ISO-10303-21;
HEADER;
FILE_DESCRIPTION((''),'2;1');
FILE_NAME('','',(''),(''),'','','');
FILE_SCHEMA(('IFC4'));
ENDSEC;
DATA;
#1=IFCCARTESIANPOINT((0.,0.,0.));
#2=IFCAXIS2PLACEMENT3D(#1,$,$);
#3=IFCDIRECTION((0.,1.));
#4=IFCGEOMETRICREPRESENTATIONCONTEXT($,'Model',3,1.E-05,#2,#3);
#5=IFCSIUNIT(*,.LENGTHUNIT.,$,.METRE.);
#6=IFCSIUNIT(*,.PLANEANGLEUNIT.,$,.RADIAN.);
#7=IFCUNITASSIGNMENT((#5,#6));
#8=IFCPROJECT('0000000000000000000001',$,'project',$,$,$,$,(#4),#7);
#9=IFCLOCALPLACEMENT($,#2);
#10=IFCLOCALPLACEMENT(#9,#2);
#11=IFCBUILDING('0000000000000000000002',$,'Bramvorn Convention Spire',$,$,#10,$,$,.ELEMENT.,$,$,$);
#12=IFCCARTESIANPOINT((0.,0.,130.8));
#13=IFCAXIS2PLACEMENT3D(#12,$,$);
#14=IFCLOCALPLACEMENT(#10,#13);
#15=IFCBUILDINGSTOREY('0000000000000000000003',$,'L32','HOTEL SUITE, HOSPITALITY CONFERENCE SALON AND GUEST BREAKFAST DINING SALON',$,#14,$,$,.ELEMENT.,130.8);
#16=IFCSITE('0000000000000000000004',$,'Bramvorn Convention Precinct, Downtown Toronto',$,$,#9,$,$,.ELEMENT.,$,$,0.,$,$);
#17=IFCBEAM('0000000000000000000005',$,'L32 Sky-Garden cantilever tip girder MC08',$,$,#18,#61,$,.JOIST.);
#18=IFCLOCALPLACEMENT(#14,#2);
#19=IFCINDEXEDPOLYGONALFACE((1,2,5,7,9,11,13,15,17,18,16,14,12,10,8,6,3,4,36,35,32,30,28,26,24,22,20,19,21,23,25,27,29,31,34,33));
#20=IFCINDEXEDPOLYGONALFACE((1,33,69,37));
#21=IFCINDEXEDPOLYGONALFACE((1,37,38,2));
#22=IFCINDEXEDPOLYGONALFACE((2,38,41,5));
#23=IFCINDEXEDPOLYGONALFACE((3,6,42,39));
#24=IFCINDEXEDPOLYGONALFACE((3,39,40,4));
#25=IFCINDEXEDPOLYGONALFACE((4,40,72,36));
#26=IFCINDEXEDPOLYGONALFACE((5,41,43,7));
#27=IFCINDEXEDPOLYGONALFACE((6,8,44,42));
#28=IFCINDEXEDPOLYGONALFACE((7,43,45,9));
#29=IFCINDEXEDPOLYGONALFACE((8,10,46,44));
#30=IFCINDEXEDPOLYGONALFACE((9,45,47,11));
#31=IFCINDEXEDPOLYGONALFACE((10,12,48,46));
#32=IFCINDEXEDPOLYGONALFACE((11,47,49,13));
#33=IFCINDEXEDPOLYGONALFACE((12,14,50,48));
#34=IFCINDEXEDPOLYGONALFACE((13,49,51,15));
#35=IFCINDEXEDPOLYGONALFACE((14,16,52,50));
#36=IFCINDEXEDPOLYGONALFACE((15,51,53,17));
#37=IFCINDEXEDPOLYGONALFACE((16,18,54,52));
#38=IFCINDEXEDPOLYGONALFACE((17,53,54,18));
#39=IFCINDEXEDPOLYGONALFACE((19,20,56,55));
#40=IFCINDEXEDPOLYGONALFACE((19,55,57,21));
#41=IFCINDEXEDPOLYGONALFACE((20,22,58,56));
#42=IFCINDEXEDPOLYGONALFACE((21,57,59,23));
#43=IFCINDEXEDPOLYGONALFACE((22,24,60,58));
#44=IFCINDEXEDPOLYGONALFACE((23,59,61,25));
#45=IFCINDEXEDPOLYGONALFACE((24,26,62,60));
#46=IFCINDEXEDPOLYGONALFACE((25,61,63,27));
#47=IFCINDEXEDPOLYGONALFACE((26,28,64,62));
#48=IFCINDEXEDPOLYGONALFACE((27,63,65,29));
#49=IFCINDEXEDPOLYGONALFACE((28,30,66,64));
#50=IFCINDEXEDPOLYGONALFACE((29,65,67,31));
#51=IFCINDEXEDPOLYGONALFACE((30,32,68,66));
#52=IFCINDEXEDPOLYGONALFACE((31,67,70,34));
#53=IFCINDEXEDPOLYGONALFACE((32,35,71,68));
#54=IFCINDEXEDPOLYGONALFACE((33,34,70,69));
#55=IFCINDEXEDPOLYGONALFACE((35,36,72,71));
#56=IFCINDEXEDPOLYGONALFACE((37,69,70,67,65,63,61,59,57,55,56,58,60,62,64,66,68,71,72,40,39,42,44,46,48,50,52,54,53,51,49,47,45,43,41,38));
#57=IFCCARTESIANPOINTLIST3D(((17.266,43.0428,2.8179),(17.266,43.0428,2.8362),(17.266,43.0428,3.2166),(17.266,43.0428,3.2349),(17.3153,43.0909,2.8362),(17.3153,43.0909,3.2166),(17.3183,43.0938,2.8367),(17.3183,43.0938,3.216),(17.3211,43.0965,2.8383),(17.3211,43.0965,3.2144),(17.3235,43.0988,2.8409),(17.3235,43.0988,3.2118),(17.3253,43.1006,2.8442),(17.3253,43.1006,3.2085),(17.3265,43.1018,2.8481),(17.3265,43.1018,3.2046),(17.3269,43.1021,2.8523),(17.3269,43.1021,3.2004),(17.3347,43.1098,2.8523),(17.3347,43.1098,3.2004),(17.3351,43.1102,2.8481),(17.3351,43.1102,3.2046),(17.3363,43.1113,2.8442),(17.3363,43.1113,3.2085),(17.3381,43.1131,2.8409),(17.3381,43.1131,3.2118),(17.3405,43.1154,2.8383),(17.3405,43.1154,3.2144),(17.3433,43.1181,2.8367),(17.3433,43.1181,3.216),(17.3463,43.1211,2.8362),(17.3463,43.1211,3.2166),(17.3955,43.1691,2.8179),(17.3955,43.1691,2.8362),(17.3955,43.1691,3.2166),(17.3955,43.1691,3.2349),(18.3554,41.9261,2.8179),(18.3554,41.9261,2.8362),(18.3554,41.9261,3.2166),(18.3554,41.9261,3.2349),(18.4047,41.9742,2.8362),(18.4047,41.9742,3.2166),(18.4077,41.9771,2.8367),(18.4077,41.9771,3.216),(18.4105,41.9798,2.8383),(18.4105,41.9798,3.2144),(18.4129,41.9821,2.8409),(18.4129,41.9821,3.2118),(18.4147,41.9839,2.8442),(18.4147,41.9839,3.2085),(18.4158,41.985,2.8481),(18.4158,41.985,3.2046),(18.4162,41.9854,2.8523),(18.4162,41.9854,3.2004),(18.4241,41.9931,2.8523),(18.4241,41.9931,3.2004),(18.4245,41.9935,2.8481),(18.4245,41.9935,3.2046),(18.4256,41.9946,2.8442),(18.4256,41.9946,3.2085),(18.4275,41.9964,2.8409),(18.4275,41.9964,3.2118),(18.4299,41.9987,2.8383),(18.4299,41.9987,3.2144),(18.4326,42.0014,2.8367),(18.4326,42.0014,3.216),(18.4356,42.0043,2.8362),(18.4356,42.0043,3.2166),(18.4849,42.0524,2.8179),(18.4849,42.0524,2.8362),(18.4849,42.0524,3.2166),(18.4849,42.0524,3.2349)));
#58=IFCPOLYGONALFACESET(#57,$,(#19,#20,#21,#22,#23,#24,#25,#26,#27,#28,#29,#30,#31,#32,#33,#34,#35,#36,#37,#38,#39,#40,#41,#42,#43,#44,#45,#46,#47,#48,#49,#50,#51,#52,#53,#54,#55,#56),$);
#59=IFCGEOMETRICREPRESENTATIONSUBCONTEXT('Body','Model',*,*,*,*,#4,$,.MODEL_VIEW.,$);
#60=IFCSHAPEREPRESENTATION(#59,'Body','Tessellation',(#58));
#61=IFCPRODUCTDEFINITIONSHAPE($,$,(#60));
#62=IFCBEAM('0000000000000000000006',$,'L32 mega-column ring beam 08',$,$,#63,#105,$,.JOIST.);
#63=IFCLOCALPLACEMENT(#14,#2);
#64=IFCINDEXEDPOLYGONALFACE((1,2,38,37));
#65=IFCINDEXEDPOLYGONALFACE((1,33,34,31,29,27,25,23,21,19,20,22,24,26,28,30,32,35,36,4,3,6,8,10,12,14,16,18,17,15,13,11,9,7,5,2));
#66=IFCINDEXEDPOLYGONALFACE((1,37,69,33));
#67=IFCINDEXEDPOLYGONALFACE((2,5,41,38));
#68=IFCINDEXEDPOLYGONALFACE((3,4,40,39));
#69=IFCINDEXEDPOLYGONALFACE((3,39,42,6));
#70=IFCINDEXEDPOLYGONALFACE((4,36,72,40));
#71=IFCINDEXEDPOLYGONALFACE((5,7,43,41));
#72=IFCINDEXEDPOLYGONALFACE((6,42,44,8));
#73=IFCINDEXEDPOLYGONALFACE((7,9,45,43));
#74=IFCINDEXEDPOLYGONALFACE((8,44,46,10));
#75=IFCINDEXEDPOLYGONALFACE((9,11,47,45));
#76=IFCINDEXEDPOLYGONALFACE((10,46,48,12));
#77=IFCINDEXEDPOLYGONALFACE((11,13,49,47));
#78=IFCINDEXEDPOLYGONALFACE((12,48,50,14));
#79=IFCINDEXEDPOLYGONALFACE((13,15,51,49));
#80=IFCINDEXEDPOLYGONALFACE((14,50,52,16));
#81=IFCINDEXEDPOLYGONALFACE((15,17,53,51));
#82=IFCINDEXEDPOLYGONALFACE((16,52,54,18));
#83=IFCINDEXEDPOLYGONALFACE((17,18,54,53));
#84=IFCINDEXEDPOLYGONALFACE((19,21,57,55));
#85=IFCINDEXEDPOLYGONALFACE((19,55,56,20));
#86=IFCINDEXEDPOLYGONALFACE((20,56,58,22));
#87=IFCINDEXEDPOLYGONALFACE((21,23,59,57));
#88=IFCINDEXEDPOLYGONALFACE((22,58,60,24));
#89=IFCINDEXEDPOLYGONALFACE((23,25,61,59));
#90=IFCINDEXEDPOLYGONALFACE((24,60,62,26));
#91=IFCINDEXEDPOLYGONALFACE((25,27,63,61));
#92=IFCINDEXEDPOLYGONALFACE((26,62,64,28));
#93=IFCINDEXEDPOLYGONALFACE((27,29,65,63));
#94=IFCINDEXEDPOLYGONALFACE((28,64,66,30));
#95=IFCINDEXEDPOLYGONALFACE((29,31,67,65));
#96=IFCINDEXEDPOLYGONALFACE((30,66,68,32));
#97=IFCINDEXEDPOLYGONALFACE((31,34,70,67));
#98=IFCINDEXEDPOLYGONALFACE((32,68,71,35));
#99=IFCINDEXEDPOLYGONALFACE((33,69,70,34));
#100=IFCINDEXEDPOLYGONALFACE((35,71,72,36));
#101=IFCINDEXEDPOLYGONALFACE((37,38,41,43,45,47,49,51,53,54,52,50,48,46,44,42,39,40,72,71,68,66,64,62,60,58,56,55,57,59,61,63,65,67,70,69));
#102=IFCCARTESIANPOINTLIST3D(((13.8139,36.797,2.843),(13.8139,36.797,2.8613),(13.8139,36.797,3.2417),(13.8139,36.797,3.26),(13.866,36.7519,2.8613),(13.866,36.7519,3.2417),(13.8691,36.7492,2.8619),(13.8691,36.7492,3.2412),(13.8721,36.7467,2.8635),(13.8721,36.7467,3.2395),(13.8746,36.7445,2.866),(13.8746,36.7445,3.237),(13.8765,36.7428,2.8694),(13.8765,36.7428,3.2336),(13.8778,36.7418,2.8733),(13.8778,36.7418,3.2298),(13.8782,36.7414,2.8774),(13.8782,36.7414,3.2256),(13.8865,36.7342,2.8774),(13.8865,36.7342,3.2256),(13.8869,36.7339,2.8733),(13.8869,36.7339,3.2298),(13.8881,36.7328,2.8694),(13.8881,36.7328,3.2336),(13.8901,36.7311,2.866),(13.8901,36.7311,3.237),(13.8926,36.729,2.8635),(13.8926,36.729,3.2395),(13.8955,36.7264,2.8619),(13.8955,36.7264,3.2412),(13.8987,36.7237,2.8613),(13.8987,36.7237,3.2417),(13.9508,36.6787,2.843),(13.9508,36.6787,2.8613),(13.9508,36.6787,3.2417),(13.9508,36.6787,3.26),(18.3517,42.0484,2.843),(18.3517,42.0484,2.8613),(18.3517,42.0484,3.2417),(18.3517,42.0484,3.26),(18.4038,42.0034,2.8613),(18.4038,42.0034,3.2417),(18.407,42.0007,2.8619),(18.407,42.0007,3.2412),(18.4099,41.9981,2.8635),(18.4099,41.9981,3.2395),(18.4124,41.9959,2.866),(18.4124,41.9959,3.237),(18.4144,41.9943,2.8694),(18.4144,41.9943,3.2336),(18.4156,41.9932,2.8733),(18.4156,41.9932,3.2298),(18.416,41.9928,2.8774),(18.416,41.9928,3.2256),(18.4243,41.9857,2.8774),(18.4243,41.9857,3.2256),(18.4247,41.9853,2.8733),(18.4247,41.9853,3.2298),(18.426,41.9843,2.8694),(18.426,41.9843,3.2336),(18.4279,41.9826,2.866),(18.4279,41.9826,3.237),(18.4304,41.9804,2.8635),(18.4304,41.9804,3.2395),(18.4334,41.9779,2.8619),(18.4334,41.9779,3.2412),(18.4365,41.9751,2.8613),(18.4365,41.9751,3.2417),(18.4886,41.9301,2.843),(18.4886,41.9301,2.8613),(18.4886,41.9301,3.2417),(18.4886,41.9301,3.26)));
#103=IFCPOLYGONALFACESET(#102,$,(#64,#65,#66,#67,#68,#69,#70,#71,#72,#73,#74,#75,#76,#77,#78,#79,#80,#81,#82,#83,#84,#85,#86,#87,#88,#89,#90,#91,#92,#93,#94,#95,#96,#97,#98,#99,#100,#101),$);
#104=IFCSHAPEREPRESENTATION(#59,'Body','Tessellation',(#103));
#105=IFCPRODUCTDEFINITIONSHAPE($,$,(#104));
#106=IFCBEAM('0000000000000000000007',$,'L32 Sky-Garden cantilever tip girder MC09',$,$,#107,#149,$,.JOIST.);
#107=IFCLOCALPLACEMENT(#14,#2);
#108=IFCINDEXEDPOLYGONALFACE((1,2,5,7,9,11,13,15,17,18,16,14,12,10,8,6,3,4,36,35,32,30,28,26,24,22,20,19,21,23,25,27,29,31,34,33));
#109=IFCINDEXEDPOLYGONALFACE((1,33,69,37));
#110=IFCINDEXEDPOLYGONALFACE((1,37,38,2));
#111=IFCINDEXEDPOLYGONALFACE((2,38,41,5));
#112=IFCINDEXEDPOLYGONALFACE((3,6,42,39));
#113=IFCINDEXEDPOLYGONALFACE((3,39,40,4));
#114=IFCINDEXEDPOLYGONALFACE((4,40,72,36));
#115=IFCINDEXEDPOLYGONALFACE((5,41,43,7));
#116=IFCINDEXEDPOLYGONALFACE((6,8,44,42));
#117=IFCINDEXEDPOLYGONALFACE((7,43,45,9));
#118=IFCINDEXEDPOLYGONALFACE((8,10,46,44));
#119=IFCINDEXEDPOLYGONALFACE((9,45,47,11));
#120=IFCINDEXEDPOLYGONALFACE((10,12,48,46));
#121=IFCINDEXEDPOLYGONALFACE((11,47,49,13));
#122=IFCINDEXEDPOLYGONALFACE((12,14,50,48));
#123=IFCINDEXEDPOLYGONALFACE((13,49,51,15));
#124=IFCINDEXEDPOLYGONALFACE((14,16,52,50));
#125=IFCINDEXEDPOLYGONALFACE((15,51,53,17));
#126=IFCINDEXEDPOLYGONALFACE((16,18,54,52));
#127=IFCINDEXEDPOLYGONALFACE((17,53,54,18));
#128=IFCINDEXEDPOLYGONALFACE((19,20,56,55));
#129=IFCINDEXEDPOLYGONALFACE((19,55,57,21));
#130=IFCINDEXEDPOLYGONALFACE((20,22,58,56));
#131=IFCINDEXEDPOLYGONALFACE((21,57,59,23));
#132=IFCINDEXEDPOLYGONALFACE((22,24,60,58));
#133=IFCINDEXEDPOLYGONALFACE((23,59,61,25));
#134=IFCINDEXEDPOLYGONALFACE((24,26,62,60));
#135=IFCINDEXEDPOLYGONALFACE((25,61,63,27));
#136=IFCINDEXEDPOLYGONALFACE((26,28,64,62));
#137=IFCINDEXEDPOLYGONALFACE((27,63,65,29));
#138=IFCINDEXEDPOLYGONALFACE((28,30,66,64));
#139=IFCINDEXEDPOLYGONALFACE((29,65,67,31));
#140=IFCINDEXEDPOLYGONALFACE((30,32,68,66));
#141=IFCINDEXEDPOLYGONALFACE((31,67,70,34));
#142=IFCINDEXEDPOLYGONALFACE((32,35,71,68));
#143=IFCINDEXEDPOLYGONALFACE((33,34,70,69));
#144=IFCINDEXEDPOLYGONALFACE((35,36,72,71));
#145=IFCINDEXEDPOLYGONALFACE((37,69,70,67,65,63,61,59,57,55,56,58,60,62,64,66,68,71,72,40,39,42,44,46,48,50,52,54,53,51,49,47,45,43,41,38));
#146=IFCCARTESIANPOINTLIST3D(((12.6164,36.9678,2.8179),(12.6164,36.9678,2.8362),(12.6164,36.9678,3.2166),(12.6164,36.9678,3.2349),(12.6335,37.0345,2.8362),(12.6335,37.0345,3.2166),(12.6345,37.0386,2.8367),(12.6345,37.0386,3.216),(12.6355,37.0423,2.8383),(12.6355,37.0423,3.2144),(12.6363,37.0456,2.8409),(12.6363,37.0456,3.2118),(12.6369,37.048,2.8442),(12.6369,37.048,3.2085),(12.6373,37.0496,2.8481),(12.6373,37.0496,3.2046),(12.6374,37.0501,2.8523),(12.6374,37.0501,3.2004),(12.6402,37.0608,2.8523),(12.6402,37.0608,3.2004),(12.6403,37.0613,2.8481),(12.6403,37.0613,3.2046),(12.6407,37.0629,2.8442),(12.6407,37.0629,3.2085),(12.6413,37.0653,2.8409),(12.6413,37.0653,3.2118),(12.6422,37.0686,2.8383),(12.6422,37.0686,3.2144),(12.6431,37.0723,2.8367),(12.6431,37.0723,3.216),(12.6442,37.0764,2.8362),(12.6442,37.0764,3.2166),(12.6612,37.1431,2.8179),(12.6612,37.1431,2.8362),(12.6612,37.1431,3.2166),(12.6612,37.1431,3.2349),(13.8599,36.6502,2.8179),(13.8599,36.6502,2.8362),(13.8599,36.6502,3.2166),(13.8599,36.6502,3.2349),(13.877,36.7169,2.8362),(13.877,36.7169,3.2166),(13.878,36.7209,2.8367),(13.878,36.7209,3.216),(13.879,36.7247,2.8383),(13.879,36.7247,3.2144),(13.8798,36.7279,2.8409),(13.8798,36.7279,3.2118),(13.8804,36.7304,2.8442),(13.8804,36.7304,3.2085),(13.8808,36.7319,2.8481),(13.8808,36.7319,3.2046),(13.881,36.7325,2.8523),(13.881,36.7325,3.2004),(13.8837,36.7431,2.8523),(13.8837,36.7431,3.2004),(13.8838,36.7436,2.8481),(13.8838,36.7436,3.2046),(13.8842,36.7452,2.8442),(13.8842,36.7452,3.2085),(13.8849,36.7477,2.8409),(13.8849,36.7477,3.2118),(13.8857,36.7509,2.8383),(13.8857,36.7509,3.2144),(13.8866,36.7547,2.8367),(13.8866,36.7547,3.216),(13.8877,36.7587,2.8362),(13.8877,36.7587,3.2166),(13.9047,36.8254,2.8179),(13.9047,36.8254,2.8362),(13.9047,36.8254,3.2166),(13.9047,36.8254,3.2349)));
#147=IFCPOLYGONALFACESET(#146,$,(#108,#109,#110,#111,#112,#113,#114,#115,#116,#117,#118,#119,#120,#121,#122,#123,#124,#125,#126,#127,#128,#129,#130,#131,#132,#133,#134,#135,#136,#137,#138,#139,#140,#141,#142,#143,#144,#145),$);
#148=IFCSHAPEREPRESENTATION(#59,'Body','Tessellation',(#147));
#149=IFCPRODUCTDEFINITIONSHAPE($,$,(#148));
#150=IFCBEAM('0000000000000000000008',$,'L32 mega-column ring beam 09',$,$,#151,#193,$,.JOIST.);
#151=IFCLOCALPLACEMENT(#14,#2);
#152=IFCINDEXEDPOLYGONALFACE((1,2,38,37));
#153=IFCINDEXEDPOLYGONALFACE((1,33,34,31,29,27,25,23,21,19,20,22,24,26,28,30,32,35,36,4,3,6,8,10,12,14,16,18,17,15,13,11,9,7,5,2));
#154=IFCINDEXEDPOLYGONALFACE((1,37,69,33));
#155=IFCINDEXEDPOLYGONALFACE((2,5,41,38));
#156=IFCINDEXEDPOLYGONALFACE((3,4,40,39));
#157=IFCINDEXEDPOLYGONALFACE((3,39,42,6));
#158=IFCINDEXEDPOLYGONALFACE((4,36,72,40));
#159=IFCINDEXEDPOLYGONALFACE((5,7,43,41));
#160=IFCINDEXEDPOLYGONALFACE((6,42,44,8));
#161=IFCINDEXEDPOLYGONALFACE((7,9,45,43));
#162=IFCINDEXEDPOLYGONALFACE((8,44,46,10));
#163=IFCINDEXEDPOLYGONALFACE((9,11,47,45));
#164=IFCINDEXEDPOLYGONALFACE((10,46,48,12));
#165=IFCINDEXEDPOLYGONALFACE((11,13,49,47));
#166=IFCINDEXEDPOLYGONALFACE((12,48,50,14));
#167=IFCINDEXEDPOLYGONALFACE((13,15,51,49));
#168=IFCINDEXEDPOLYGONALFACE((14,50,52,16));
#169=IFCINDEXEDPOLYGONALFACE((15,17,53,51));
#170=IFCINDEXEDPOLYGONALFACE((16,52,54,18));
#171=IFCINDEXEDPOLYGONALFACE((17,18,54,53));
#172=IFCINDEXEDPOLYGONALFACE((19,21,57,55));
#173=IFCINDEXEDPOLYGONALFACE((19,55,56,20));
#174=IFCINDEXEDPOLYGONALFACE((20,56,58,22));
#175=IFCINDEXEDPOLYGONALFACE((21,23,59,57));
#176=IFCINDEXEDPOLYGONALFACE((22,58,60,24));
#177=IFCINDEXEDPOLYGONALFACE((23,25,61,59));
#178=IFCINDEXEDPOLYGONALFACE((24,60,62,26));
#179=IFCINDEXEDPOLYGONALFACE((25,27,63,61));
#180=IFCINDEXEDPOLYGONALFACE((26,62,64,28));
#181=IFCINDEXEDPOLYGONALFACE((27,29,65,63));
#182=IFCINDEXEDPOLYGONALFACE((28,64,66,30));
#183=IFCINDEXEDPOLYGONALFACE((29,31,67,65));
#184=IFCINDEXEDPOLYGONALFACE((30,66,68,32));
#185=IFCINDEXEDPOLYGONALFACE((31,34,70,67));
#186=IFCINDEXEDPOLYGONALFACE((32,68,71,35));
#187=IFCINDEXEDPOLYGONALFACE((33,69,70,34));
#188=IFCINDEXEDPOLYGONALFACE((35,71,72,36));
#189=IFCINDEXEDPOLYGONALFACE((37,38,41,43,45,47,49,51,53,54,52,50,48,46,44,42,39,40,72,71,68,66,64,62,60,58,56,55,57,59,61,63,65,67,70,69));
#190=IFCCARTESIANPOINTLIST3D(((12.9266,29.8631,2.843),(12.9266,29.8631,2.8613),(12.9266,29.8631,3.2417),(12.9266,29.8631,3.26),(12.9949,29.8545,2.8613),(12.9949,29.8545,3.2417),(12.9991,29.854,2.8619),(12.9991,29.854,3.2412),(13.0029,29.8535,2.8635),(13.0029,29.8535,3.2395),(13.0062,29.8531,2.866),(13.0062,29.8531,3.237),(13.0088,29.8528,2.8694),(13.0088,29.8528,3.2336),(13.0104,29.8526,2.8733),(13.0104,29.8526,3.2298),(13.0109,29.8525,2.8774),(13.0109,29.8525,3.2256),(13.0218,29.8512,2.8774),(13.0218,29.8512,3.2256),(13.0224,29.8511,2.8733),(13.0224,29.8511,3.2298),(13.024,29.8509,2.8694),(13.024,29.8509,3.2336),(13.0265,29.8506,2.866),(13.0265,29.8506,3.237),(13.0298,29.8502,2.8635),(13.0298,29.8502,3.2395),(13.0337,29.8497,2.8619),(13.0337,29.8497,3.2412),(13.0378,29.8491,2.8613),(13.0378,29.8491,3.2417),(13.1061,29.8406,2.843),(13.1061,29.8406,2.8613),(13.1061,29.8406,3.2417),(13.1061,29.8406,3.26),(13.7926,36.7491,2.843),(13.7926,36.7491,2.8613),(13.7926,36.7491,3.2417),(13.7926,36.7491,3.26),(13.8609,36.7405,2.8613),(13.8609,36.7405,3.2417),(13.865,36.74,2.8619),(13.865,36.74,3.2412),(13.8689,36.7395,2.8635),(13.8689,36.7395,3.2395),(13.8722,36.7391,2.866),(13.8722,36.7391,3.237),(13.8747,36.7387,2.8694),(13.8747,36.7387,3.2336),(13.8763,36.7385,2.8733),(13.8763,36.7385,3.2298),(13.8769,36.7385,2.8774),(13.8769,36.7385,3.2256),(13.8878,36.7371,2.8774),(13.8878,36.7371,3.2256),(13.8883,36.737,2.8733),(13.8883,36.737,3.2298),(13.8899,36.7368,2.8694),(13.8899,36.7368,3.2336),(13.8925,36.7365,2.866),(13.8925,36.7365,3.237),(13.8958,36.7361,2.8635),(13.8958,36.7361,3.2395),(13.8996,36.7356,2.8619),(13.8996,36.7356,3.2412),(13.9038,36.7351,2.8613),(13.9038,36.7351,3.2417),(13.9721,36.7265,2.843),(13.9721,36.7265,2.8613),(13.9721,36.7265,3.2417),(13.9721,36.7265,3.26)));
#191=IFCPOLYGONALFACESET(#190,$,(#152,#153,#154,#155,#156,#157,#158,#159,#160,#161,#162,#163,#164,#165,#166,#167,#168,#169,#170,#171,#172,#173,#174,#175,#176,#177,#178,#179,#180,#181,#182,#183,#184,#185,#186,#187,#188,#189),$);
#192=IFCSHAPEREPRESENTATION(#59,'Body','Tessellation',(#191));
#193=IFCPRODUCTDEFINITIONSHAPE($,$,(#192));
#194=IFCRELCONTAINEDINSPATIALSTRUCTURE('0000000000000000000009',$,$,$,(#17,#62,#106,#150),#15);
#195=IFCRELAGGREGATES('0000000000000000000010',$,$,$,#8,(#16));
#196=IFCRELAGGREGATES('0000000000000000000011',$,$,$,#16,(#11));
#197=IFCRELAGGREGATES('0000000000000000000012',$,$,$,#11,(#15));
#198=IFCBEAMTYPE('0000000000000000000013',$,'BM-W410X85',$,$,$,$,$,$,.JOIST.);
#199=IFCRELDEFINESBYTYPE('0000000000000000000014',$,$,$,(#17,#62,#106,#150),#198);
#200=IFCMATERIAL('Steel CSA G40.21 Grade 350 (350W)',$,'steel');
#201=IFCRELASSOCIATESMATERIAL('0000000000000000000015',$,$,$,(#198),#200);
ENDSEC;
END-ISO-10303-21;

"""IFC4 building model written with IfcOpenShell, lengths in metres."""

from ifc_helpers import new_model, si_unit, direction, frame, origin, origin_2d, place, context, subcontext, project, spatial, i_section, extrude, material, material_profile, profile_set, type_object, element, save


model = new_model("IFC4")

# Units and contexts
model_context = context("Model", 3, precision=1e-05, world=origin(), true_north=direction((0.0, 1.0)))
body_context = subcontext(model_context, "Body", "Model", "MODEL_VIEW")
ifc_project = project(units=[si_unit("LENGTHUNIT", "METRE"), si_unit("PLANEANGLEUNIT", "RADIAN")], contexts=[model_context])

# Site, building, storey
site_placement = place(None, origin())
site = spatial("IfcSite", under=ifc_project, at=site_placement, Name="Bramvorn Convention Precinct, Downtown Toronto", CompositionType="ELEMENT", RefElevation=0.0)
building_placement = place(site_placement, origin())
building = spatial("IfcBuilding", under=site, at=building_placement, Name="Bramvorn Convention Spire", CompositionType="ELEMENT")
storey_placement = place(building_placement, frame((0.0, 0.0, 130.8)))
storey = spatial("IfcBuildingStorey", under=building, at=storey_placement, Name="L32", Description="HOTEL SUITE, HOSPITALITY CONFERENCE SALON AND GUEST BREAKFAST DINING SALON", CompositionType="ELEMENT", Elevation=130.8)

# Shared definitions
ifc_material_1 = material(Name="Steel CSA G40.21 Grade 350 (350W)", Category="steel")

# Beams
ifc_material_profile_1 = material_profile(ifc_material_1, i_section(OverallWidth=0.1809, OverallDepth=0.417, WebThickness=0.011, FlangeThickness=0.0183, FilletRadius=0.0161, at=origin_2d()))
ifc_profile_set_1 = profile_set([ifc_material_profile_1], Name="Steel CSA G40.21 Grade 350 (350W) - W410X85")
beam_type = type_object("IfcBeamType", Name="BM-W410X85", PredefinedType="JOIST", material=ifc_profile_set_1)
beam_1_placement = place(storey_placement, frame((18.4202, 41.9893, 3.0264), z_axis=(-0.698289, 0.715816, 0.0), x_axis=(-0.715816, -0.698289, 0.0)))
element("IfcBeam", 1, at=beam_1_placement, inside=storey, type_object=beam_type, Name="L32 Sky-Garden cantilever tip girder MC08", PredefinedType="JOIST", context=body_context, shape_type="SweptSolid", body=[
    extrude(i_section(OverallWidth=0.1809, OverallDepth=0.417, WebThickness=0.011, FlangeThickness=0.0183, FilletRadius=0.0161, at=origin_2d()), origin(), (0.0, 0.0, 1.0), 1.5601),
])
beam_2_placement = place(storey_placement, frame((18.4202, 41.9893, 3.0515), z_axis=(-0.653825, -0.756646, 0.0), x_axis=(0.756646, -0.653825, 0.0)))
element("IfcBeam", 2, at=beam_2_placement, inside=storey, type_object=beam_type, Name="L32 mega-column ring beam 08", PredefinedType="JOIST", context=body_context, shape_type="SweptSolid", body=[
    extrude(i_section(OverallWidth=0.1809, OverallDepth=0.417, WebThickness=0.011, FlangeThickness=0.0183, FilletRadius=0.0161, at=origin_2d()), origin(), (0.0, 0.0, 1.0), 6.9404),
])
beam_3_placement = place(storey_placement, frame((13.8823, 36.7378, 3.0264), z_axis=(-0.968888, 0.247501, 0.0), x_axis=(-0.247501, -0.968888, 0.0)))
element("IfcBeam", 3, at=beam_3_placement, inside=storey, type_object=beam_type, Name="L32 Sky-Garden cantilever tip girder MC09", PredefinedType="JOIST", context=body_context, shape_type="SweptSolid", body=[
    extrude(i_section(OverallWidth=0.1809, OverallDepth=0.417, WebThickness=0.011, FlangeThickness=0.0183, FilletRadius=0.0161, at=origin_2d()), origin(), (0.0, 0.0, 1.0), 1.2834),
])
beam_4_placement = place(storey_placement, frame((13.8823, 36.7378, 3.0515), z_axis=(-0.124775, -0.992185, 0.0), x_axis=(0.992185, -0.124775, 0.0)))
element("IfcBeam", 4, at=beam_4_placement, inside=storey, type_object=beam_type, Name="L32 mega-column ring beam 09", PredefinedType="JOIST", context=body_context, shape_type="SweptSolid", body=[
    extrude(i_section(OverallWidth=0.1809, OverallDepth=0.417, WebThickness=0.011, FlangeThickness=0.0183, FilletRadius=0.0161, at=origin_2d()), origin(), (0.0, 0.0, 1.0), 6.9402),
])

save(model, "model.ifc")
